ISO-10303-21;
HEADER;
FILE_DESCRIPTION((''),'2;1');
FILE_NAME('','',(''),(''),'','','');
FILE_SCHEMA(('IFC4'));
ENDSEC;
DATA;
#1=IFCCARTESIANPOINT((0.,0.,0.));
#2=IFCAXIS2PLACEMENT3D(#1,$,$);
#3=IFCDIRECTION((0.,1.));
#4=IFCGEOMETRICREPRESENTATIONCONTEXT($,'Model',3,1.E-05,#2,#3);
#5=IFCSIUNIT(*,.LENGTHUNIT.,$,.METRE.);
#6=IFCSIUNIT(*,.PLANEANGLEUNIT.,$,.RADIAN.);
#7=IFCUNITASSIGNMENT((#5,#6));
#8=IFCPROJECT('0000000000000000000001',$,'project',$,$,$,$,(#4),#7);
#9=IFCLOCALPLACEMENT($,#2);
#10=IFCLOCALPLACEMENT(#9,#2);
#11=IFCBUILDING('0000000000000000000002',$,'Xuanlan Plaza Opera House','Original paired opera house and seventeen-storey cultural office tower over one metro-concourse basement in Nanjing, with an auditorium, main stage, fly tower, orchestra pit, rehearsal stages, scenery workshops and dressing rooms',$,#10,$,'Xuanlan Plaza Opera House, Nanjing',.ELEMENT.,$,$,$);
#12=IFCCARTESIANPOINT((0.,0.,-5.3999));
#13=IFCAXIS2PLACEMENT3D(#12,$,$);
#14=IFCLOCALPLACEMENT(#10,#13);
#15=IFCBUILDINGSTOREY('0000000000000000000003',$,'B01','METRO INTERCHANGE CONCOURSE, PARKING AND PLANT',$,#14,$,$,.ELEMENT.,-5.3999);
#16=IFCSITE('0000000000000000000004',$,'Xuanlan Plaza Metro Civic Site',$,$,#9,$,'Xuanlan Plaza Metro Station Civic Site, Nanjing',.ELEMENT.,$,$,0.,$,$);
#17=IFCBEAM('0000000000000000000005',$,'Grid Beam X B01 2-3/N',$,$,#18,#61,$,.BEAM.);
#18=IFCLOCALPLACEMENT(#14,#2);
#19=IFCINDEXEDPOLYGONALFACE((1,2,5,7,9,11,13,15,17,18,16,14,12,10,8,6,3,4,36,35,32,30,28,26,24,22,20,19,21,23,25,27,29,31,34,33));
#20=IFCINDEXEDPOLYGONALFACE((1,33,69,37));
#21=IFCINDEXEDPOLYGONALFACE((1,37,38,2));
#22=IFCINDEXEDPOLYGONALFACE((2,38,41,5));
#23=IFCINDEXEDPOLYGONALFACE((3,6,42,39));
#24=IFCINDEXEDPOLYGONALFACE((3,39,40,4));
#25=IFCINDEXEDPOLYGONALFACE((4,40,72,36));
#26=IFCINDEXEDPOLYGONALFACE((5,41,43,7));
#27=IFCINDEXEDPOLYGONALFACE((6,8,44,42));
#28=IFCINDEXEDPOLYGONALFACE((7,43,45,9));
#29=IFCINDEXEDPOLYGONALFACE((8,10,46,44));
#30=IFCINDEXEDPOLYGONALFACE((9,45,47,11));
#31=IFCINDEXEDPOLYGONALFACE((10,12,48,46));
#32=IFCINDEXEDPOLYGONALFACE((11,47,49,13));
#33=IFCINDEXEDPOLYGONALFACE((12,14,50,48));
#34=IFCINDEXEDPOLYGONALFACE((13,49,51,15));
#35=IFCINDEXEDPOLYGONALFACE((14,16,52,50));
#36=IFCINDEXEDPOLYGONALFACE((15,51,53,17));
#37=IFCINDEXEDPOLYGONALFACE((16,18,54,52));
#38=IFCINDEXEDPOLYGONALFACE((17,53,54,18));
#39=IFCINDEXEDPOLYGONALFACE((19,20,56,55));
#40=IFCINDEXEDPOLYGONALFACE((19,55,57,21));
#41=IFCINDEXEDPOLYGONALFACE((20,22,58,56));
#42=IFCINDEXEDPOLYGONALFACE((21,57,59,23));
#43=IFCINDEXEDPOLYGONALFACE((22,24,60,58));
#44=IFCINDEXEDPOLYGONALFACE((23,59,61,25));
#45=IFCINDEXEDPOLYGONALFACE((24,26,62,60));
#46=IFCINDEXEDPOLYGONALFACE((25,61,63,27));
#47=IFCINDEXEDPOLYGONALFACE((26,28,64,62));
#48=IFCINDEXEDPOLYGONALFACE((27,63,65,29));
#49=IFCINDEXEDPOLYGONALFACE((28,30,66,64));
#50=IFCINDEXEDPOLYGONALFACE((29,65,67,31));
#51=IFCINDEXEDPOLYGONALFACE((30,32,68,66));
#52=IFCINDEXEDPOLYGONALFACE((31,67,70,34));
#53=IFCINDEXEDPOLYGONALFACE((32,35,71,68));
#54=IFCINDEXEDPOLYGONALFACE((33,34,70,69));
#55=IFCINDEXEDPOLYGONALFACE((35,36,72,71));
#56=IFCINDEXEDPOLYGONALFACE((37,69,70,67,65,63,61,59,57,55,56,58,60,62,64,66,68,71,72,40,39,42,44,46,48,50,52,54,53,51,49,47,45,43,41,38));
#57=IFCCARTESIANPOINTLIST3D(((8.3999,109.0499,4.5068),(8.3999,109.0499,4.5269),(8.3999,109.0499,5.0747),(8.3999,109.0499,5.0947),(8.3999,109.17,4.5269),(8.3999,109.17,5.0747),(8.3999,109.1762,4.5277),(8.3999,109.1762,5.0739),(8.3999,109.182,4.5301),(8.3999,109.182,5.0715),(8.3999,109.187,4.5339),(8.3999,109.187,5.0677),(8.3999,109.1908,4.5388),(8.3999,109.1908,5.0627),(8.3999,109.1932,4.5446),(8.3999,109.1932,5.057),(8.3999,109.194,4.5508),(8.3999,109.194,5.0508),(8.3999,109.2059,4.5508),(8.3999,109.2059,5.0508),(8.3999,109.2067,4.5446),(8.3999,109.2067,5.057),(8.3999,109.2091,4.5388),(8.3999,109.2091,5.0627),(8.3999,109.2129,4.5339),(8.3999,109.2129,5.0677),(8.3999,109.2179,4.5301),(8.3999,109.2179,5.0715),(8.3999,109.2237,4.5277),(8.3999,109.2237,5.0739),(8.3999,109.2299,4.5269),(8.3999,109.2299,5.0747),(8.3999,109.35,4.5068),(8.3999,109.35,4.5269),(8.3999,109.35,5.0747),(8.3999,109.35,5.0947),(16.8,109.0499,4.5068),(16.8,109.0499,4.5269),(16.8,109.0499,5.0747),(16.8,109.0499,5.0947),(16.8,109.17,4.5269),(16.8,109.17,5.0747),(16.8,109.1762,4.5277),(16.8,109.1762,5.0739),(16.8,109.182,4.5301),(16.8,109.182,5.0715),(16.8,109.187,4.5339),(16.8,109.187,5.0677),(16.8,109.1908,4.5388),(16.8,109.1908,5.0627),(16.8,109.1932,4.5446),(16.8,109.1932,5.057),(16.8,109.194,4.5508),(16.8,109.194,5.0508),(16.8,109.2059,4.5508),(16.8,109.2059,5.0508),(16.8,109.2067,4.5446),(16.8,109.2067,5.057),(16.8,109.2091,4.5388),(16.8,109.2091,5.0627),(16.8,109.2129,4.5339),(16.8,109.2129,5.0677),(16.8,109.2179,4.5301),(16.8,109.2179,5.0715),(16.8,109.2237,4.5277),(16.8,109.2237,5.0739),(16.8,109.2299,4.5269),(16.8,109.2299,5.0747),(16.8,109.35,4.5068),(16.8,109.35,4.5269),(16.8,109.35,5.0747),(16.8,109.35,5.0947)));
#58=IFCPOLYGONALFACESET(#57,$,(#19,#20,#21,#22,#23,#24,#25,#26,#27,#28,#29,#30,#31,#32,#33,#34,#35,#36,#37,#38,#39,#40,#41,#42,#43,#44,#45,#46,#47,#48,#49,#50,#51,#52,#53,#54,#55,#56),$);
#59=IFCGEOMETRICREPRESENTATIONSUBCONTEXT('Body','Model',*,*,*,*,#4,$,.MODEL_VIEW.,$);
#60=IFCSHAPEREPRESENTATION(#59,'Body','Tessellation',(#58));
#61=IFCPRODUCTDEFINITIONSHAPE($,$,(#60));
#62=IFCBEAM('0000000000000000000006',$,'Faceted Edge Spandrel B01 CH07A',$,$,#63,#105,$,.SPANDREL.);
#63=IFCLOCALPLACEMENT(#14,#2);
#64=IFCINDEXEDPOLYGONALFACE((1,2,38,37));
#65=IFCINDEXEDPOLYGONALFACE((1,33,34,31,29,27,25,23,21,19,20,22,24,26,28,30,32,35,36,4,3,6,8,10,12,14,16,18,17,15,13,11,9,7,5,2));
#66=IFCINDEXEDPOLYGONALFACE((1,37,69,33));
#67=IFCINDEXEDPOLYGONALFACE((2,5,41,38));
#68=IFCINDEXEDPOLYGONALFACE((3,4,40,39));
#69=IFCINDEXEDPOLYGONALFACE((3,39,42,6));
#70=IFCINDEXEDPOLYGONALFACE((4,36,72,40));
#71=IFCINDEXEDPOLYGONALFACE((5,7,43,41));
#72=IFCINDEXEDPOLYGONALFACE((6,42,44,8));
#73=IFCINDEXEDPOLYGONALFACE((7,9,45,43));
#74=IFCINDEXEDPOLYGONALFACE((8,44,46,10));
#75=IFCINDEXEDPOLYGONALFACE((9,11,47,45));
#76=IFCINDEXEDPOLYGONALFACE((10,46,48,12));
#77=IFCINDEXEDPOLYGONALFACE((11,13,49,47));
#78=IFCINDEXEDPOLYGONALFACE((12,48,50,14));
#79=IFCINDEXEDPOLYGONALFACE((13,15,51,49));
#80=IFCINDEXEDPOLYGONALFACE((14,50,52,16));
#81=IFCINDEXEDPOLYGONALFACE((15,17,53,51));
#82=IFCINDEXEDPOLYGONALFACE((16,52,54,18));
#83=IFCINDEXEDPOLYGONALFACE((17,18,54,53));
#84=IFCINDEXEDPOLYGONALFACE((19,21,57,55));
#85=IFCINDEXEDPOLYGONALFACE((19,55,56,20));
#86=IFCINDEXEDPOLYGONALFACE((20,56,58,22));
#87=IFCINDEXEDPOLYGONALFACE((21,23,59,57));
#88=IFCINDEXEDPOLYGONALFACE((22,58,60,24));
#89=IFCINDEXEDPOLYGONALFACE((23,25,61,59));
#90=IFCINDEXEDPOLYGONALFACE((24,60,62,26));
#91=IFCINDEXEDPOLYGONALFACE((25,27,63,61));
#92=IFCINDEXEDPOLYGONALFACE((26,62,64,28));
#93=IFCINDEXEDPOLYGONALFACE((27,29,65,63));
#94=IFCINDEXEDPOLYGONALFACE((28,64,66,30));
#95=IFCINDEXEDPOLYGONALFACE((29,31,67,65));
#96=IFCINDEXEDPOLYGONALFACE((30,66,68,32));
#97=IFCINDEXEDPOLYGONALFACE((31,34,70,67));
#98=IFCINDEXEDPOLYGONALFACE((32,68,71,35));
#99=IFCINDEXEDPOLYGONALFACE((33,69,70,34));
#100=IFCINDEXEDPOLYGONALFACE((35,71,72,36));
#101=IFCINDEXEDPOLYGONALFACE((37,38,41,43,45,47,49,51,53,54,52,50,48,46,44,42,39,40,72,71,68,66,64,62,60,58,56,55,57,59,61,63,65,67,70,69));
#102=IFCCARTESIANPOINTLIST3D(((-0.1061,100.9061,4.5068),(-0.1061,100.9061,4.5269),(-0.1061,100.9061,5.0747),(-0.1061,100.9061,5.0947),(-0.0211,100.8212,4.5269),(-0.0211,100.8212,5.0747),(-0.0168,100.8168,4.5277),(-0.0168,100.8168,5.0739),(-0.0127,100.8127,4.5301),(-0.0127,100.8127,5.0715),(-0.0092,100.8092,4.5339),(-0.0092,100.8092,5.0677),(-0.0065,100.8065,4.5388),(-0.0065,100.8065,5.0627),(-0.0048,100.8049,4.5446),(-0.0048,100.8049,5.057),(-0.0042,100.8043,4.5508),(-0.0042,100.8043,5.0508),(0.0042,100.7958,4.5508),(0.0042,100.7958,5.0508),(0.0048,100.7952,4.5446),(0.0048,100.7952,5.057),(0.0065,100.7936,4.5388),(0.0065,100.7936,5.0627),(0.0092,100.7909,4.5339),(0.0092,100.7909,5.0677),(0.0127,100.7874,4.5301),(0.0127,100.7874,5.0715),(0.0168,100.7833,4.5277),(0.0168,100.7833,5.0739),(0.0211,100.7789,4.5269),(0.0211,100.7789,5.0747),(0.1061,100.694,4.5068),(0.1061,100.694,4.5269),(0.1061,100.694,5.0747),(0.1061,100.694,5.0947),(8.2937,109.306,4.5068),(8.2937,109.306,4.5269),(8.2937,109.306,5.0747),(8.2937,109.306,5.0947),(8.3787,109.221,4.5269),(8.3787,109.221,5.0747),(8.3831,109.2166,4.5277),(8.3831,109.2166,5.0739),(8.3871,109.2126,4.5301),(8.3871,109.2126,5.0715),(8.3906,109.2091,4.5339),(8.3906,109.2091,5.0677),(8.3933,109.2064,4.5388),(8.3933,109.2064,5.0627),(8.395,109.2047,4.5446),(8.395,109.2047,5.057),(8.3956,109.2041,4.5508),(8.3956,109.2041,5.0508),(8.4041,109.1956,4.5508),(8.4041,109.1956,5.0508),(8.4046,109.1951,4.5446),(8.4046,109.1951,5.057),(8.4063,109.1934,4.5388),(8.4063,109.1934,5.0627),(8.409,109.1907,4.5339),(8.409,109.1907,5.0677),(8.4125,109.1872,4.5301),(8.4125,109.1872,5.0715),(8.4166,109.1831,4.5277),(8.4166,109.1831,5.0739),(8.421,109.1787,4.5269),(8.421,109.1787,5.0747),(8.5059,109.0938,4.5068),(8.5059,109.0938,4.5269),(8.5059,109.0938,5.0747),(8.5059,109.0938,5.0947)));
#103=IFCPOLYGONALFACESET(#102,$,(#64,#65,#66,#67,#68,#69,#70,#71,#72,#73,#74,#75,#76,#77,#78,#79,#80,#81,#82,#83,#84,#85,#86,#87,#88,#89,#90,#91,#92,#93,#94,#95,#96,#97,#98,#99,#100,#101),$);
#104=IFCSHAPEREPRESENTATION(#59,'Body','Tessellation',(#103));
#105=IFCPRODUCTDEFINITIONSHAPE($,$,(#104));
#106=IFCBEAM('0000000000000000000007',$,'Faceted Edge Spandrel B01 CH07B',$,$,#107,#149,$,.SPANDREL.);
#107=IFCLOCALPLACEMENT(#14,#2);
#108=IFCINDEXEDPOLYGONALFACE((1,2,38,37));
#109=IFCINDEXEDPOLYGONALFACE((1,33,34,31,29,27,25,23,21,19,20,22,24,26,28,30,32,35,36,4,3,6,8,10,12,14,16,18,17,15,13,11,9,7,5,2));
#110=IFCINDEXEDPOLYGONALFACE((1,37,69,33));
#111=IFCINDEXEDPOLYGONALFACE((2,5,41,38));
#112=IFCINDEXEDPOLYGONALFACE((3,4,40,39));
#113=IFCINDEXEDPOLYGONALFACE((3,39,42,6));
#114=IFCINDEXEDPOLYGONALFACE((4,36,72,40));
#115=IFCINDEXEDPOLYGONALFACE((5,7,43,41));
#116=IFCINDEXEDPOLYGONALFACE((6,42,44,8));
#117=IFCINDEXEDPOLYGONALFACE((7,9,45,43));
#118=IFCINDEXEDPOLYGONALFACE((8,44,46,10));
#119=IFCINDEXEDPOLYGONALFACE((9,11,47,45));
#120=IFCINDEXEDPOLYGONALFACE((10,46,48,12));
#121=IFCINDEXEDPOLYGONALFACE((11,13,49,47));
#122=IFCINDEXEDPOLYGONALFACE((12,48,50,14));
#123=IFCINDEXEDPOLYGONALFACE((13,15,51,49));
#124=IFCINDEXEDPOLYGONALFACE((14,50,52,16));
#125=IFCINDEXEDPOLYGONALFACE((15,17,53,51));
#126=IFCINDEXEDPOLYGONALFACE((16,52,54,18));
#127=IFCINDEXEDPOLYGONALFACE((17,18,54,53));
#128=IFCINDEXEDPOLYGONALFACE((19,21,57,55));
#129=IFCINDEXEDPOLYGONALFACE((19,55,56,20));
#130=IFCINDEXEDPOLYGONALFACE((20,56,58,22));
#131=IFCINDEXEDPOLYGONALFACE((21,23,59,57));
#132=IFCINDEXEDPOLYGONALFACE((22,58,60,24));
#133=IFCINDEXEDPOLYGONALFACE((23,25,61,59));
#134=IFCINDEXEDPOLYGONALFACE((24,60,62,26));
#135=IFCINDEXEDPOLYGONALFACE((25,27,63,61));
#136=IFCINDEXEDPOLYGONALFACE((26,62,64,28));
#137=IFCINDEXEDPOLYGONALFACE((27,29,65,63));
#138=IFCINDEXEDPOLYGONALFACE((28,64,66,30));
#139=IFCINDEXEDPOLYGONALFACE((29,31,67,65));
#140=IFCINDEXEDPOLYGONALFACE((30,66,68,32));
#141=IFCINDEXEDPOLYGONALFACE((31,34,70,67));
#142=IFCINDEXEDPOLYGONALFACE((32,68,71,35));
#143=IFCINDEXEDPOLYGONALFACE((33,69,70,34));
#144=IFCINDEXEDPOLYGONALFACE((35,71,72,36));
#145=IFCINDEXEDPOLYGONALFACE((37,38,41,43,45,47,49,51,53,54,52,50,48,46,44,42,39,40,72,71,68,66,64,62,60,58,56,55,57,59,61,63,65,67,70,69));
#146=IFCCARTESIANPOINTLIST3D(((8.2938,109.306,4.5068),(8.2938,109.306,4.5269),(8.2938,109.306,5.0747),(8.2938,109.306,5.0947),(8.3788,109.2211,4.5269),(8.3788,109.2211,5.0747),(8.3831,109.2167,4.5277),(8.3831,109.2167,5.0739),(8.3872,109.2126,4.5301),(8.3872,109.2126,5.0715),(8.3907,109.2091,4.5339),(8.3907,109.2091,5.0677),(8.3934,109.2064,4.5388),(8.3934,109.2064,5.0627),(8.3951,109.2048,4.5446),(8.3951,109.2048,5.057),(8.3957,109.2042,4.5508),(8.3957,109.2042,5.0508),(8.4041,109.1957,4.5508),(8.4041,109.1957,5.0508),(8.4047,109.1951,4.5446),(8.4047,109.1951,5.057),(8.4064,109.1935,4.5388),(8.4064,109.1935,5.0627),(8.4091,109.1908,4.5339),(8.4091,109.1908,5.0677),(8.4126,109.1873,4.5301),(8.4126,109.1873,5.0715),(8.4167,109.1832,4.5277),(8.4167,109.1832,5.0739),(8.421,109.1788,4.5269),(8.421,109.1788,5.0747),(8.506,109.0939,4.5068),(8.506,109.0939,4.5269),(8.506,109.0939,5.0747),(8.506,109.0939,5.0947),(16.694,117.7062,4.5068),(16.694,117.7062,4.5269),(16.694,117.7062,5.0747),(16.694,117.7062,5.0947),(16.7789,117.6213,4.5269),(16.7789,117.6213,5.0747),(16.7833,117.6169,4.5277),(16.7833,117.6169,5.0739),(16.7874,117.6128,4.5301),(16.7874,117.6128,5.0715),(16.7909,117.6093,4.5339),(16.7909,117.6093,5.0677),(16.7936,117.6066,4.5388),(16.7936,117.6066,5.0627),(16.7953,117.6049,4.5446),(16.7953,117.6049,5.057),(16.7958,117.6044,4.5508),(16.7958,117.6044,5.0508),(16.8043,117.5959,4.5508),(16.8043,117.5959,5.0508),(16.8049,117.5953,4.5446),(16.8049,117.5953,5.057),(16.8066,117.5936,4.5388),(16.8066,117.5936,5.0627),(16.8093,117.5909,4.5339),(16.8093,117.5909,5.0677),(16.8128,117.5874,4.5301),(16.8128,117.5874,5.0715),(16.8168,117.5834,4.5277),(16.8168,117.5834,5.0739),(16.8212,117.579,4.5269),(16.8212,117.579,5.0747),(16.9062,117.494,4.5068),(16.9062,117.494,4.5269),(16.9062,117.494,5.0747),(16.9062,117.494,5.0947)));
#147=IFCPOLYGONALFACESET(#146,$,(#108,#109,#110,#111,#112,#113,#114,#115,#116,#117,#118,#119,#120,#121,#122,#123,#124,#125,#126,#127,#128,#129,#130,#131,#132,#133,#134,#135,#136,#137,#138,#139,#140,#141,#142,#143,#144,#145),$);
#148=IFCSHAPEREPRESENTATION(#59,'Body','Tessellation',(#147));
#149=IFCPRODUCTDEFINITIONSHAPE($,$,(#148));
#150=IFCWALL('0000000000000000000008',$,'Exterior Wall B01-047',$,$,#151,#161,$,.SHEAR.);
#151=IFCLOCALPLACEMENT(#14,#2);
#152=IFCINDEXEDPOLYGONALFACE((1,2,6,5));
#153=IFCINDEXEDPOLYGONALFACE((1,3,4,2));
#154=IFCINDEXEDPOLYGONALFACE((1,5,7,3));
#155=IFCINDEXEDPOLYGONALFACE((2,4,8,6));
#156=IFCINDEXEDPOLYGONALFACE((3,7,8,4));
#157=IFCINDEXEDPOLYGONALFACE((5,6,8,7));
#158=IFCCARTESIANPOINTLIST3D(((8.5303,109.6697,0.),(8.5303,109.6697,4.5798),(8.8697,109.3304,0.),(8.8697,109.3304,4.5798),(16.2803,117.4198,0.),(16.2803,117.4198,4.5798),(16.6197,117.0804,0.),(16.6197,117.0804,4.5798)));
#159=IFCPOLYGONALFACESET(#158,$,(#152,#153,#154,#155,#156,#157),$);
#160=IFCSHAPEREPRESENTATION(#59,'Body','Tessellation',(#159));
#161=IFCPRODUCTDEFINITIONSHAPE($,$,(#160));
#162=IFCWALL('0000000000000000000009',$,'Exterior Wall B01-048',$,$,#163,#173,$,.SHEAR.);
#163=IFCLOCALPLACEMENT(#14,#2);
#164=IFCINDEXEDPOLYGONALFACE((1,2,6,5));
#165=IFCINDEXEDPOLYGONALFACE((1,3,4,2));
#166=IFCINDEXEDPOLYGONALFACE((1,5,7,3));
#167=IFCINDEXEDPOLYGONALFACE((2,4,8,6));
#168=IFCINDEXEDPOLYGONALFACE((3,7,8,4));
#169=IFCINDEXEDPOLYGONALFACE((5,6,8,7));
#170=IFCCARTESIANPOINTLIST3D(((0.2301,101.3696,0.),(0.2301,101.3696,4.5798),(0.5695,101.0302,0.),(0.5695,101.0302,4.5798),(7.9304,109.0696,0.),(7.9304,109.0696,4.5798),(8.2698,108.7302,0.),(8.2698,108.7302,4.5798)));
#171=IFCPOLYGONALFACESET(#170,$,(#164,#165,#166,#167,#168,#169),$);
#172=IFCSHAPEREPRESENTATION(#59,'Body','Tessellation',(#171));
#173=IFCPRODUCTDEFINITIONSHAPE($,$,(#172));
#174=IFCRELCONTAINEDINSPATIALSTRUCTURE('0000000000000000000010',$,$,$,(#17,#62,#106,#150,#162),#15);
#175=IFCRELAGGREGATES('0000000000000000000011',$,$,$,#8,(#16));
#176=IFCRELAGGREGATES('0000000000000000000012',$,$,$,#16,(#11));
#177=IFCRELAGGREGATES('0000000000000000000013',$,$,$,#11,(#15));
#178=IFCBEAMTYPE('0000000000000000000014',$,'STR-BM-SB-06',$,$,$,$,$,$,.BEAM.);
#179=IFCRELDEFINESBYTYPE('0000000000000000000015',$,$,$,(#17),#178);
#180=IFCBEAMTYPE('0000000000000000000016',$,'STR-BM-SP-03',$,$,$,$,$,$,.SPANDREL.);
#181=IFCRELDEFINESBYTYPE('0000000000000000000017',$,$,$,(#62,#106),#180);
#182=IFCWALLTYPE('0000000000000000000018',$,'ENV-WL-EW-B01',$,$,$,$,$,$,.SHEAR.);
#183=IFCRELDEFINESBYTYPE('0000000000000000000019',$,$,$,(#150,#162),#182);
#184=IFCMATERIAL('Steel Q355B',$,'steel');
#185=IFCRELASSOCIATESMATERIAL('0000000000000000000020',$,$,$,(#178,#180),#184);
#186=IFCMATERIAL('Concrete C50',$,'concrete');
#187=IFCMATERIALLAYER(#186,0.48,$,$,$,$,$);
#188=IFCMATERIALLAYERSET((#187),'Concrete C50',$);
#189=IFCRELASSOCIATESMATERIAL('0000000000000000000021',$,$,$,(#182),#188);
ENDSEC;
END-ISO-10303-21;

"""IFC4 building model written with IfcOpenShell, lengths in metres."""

from ifc_helpers import new_model, si_unit, direction, frame, frame_2d, origin, origin_2d, place, context, subcontext, project, spatial, rectangle, i_section, extrude, material, layer, layer_set, material_profile, profile_set, type_object, element, save


model = new_model("IFC4")

# Units and contexts
model_context = context("Model", 3, precision=1e-05, world=origin(), true_north=direction((0.0, 1.0)))
body_context = subcontext(model_context, "Body", "Model", "MODEL_VIEW")
ifc_project = project(units=[si_unit("LENGTHUNIT", "METRE"), si_unit("PLANEANGLEUNIT", "RADIAN")], contexts=[model_context])

# Site, building, storey
site_placement = place(None, origin())
site = spatial("IfcSite", under=ifc_project, at=site_placement, Name="Xuanlan Plaza Metro Civic Site", LongName="Xuanlan Plaza Metro Station Civic Site, Nanjing", CompositionType="ELEMENT", RefElevation=0.0)
building_placement = place(site_placement, origin())
building = spatial("IfcBuilding", under=site, at=building_placement, Name="Xuanlan Plaza Opera House", Description="Original paired opera house and seventeen-storey cultural office tower over one metro-concourse basement in Nanjing, with an auditorium, main stage, fly tower, orchestra pit, rehearsal stages, scenery workshops and dressing rooms", LongName="Xuanlan Plaza Opera House, Nanjing", CompositionType="ELEMENT")
storey_placement = place(building_placement, frame((0.0, 0.0, -5.3999)))
storey = spatial("IfcBuildingStorey", under=building, at=storey_placement, Name="B01", Description="METRO INTERCHANGE CONCOURSE, PARKING AND PLANT", CompositionType="ELEMENT", Elevation=-5.3999)

# Shared definitions
ifc_material_1 = material(Name="Concrete C50", Category="concrete")

# Beams
ifc_material_2 = material(Name="Steel Q355B", Category="steel")
ifc_material_profile_1 = material_profile(ifc_material_2, i_section(OverallWidth=0.3, OverallDepth=0.5879, WebThickness=0.012, FlangeThickness=0.02, FilletRadius=0.0239, at=origin_2d()), Name="HM 588x300x12x20")
ifc_profile_set_1 = profile_set([ifc_material_profile_1], Name="Steel Q355B")
beam_type_1 = type_object("IfcBeamType", Name="STR-BM-SB-06", PredefinedType="BEAM", material=ifc_profile_set_1)
beam_1_placement = place(storey_placement, frame((8.3999, 109.2, 4.8008), z_axis=(1.0, 0.0, 0.0), x_axis=(0.0, 1.0, 0.0)))
element("IfcBeam", 1, at=beam_1_placement, inside=storey, type_object=beam_type_1, Name="Grid Beam X B01 2-3/N", PredefinedType="BEAM", context=body_context, shape_type="SweptSolid", body=[
    extrude(i_section(OverallWidth=0.3, OverallDepth=0.5879, WebThickness=0.012, FlangeThickness=0.02, FilletRadius=0.0239, at=origin_2d()), origin(), (0.0, 0.0, 1.0), 8.4001),
])
ifc_material_profile_2 = material_profile(ifc_material_2, i_section(OverallWidth=0.3, OverallDepth=0.5879, WebThickness=0.012, FlangeThickness=0.02, FilletRadius=0.0239, at=origin_2d()), Name="HM 588x300x12x20")
ifc_profile_set_2 = profile_set([ifc_material_profile_2], Name="Steel Q355B")
beam_type_2 = type_object("IfcBeamType", Name="STR-BM-SP-03", PredefinedType="SPANDREL", material=ifc_profile_set_2)
beam_2_placement = place(storey_placement, frame((0.0, 100.8, 4.8008), z_axis=(0.707107, 0.707107, 0.0), x_axis=(-0.707107, 0.707107, 0.0)))
element("IfcBeam", 2, at=beam_2_placement, inside=storey, type_object=beam_type_2, Name="Faceted Edge Spandrel B01 CH07A", PredefinedType="SPANDREL", context=body_context, shape_type="SweptSolid", body=[
    extrude(i_section(OverallWidth=0.3, OverallDepth=0.5879, WebThickness=0.012, FlangeThickness=0.02, FilletRadius=0.0239, at=origin_2d()), origin(), (0.0, 0.0, 1.0), 11.8792),
])
beam_3_placement = place(storey_placement, frame((8.3999, 109.2, 4.8008), z_axis=(0.707107, 0.707107, 0.0), x_axis=(-0.707107, 0.707107, 0.0)))
element("IfcBeam", 3, at=beam_3_placement, inside=storey, type_object=beam_type_2, Name="Faceted Edge Spandrel B01 CH07B", PredefinedType="SPANDREL", context=body_context, shape_type="SweptSolid", body=[
    extrude(i_section(OverallWidth=0.3, OverallDepth=0.5879, WebThickness=0.012, FlangeThickness=0.02, FilletRadius=0.0239, at=origin_2d()), origin(), (0.0, 0.0, 1.0), 11.8796),
])

# Walls
ifc_layer = layer(ifc_material_1, 0.48)
ifc_layer_set = layer_set([ifc_layer], Name="Concrete C50")
wall_type = type_object("IfcWallType", Name="ENV-WL-EW-B01", PredefinedType="SHEAR", material=ifc_layer_set)
wall_1_placement = place(storey_placement, frame((16.45, 117.25, 0.0), z_axis=(0.0, 0.0, 1.0), x_axis=(-0.707107, -0.707107, 0.0)))
element("IfcWall", 4, at=wall_1_placement, inside=storey, type_object=wall_type, Name="Exterior Wall B01-047", PredefinedType="SHEAR", context=body_context, shape_type="SweptSolid", body=[
    extrude(rectangle(XDim=10.9602, YDim=0.48, at=frame_2d((5.48, 0.0))), origin(), (0.0, 0.0, 1.0), 4.5798),
])
wall_2_placement = place(storey_placement, frame((8.1001, 108.8999, 0.0), z_axis=(0.0, 0.0, 1.0), x_axis=(-0.707118, -0.707096, 0.0)))
element("IfcWall", 5, at=wall_2_placement, inside=storey, type_object=wall_type, Name="Exterior Wall B01-048", PredefinedType="SHEAR", context=body_context, shape_type="SweptSolid", body=[
    extrude(rectangle(XDim=10.8896, YDim=0.48, at=frame_2d((5.4448, 0.0))), origin(), (0.0, 0.0, 1.0), 4.5798),
])

save(model, "model.ifc")
